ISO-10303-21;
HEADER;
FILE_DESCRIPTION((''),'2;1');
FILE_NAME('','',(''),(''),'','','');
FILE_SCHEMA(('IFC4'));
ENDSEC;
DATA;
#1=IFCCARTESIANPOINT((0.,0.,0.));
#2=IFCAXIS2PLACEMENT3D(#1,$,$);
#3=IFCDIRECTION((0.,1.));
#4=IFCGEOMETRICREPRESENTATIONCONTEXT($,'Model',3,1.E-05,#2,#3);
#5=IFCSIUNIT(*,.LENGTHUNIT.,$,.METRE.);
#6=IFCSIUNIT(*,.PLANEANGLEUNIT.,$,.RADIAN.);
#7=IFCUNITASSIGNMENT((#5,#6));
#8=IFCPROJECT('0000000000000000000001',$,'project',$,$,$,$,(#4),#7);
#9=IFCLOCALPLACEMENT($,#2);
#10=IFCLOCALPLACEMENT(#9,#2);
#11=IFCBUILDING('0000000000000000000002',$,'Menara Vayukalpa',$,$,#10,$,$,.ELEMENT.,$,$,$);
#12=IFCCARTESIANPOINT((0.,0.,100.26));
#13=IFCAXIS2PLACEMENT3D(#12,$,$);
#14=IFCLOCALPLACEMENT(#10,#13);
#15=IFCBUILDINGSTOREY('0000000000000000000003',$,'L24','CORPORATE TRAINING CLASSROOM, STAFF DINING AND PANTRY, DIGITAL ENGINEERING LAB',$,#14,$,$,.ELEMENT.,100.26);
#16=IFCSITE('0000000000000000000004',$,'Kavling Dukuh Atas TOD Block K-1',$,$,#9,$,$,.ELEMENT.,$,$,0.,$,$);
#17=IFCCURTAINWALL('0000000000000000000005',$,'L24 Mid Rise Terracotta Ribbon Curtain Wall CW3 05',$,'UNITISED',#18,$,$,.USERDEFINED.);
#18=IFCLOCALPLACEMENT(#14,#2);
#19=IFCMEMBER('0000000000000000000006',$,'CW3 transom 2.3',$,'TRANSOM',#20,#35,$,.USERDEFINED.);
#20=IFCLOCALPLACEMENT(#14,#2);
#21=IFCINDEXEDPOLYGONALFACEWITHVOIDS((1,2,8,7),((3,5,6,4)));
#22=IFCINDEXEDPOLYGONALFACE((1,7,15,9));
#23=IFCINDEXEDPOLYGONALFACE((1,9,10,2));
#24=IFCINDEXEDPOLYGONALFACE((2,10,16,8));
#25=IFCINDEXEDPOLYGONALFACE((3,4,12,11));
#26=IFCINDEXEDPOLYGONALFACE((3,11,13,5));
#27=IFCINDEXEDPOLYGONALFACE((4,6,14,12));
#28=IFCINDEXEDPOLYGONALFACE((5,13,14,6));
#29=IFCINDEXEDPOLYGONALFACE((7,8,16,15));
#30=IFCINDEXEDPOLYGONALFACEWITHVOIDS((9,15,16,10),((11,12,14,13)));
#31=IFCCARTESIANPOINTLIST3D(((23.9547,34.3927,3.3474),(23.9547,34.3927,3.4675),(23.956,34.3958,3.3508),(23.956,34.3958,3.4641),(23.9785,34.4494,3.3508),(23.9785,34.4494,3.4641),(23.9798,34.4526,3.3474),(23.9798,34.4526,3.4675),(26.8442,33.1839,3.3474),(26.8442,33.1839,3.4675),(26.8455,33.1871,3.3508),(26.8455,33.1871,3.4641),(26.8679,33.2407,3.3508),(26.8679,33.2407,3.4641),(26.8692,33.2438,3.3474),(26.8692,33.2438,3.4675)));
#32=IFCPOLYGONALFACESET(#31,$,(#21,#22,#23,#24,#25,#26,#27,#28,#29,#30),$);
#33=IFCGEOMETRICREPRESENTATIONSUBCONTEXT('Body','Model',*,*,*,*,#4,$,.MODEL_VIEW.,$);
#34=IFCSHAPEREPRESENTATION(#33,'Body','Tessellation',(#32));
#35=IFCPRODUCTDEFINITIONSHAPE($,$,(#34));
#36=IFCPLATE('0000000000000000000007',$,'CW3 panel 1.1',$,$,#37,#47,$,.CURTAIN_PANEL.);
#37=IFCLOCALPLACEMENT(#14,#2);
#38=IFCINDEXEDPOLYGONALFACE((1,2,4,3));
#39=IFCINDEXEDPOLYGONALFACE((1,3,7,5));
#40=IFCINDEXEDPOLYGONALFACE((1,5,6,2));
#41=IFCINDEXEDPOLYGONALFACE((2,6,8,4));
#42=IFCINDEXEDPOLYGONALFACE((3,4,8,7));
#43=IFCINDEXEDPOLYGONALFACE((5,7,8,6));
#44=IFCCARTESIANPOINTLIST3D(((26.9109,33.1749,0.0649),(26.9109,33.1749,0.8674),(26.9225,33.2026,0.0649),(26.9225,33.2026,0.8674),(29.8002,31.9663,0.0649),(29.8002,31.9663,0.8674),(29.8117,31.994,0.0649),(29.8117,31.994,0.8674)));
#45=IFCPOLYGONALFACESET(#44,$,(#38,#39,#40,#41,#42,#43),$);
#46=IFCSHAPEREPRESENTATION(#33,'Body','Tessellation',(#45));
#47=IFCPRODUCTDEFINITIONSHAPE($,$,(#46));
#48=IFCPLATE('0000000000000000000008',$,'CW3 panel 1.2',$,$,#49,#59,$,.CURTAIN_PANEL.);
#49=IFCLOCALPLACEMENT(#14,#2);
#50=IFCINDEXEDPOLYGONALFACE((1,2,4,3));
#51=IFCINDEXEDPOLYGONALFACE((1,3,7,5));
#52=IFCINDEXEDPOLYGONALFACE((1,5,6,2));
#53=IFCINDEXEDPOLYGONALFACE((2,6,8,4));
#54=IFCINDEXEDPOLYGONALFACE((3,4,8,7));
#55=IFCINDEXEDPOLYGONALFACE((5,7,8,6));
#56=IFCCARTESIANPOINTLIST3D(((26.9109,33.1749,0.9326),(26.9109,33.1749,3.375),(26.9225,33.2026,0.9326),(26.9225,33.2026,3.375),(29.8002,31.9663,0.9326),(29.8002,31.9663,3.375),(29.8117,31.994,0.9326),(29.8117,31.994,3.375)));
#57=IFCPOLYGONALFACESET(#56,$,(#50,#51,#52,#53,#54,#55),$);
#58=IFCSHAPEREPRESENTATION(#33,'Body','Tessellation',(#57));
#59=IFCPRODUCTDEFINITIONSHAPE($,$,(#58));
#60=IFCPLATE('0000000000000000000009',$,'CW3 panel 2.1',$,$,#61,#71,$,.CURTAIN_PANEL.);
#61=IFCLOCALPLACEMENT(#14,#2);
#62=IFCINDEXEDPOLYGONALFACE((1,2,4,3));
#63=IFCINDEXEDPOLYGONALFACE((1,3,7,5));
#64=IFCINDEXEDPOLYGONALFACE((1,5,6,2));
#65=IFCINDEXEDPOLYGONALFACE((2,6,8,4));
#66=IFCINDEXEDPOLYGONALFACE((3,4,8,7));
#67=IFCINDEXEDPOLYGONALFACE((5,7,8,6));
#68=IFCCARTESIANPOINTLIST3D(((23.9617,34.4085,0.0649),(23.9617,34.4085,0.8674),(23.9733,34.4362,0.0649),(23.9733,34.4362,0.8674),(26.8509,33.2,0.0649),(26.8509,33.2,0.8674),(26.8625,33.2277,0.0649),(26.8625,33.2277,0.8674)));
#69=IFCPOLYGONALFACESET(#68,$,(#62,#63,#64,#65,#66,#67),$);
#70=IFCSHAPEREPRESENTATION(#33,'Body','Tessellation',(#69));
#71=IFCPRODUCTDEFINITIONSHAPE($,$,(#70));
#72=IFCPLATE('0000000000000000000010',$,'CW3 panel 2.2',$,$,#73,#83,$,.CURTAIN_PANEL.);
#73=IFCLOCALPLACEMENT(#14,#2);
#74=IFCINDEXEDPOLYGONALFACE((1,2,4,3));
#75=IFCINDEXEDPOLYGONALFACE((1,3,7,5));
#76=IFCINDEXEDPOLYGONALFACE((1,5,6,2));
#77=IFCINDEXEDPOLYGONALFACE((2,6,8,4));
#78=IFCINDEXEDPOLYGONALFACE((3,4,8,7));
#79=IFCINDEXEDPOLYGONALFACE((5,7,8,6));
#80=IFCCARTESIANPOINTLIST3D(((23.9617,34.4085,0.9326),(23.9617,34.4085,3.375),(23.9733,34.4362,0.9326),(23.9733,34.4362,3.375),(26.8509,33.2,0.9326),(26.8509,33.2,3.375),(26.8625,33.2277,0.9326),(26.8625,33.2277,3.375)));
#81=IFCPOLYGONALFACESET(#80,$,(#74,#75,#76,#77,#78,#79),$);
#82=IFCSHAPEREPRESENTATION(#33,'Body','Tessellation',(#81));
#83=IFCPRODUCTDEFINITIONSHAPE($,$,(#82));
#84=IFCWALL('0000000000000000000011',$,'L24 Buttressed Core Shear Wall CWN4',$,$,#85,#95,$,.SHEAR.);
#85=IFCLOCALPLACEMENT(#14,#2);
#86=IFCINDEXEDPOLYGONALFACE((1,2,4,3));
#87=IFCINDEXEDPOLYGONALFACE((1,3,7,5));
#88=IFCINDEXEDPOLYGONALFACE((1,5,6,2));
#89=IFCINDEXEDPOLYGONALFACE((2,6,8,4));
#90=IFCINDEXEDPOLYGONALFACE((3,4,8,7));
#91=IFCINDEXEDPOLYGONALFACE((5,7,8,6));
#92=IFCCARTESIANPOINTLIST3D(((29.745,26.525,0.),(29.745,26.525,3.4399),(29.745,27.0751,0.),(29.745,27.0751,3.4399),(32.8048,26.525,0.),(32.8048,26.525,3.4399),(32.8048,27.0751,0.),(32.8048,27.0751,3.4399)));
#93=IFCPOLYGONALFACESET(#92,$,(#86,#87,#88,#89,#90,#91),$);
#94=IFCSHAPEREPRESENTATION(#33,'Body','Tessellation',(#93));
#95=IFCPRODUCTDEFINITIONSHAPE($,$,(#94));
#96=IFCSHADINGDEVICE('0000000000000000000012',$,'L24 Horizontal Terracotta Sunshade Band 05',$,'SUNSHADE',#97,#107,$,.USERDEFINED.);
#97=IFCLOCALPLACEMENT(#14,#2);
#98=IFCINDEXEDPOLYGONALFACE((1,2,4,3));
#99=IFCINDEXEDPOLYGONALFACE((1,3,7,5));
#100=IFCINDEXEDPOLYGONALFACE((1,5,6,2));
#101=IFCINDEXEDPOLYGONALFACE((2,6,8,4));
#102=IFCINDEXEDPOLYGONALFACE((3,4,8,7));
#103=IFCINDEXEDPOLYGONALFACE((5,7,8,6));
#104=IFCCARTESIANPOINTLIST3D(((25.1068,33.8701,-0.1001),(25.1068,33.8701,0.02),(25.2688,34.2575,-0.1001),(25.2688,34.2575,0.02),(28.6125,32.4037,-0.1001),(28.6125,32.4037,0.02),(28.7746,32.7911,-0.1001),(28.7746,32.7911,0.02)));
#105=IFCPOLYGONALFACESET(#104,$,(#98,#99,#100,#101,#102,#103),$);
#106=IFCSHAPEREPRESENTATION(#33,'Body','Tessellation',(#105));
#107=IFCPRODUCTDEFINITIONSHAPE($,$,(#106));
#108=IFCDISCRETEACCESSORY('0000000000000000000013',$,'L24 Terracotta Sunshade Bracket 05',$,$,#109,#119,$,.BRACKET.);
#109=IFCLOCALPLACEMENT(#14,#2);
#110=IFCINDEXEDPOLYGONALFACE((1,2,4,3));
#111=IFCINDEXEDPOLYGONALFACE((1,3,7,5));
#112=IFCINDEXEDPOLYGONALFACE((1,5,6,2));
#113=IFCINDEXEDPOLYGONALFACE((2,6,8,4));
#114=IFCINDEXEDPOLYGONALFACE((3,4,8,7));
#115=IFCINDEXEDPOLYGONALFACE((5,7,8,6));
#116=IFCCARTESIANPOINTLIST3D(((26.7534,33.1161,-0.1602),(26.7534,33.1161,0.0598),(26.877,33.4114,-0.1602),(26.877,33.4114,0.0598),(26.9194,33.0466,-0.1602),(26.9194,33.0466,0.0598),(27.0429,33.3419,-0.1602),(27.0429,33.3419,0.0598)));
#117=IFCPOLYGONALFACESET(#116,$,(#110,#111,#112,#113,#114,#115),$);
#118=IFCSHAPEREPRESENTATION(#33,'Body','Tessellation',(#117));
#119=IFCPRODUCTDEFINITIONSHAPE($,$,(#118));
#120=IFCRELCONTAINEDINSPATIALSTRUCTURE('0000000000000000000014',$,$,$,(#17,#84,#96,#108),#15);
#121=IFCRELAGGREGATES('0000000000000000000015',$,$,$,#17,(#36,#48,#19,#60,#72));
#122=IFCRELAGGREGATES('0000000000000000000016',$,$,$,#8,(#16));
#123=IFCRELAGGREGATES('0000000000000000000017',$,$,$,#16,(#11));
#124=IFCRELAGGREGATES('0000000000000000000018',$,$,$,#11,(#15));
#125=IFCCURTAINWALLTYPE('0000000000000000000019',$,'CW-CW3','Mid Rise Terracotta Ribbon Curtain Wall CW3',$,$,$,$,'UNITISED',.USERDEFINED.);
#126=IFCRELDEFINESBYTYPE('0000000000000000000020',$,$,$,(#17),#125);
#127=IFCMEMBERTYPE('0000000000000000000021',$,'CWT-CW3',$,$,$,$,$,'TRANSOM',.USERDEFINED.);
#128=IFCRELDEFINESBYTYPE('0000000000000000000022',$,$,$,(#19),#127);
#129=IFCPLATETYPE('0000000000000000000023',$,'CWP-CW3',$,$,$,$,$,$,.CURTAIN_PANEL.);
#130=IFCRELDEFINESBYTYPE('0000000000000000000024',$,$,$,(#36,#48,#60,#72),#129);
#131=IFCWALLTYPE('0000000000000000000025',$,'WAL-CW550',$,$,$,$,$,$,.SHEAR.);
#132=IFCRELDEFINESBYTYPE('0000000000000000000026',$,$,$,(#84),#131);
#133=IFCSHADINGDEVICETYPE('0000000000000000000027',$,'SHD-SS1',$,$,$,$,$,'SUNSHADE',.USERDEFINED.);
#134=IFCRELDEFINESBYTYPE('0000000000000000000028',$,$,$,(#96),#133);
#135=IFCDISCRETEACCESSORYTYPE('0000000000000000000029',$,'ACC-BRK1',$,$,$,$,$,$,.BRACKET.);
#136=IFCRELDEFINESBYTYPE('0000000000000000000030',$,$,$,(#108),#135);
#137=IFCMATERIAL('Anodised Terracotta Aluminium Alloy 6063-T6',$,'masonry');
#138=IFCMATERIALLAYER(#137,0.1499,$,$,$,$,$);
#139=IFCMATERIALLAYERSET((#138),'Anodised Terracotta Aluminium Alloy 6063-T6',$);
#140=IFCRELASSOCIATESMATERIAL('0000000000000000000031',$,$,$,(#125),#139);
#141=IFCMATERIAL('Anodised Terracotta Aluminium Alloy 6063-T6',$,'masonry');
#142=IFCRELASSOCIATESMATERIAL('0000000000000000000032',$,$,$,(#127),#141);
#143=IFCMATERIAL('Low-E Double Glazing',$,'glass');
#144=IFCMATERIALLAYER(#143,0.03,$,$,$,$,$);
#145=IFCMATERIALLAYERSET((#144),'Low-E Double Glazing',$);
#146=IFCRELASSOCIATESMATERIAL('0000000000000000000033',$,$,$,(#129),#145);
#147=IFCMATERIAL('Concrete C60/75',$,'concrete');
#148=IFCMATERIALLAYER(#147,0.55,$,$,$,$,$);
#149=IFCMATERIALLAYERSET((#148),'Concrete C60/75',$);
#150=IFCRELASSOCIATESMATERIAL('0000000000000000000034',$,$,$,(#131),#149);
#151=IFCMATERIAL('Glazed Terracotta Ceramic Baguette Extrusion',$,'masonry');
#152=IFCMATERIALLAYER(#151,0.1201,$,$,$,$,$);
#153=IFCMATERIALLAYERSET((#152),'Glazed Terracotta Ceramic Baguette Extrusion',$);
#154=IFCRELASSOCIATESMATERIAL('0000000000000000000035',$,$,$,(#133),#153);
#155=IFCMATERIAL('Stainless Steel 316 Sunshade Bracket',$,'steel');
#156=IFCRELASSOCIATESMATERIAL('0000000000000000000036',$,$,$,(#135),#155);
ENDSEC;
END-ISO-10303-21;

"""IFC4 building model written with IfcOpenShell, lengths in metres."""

from ifc_helpers import new_model, si_unit, direction, frame, frame_2d, origin, origin_2d, place, context, subcontext, project, spatial, rectangle, hollow_rectangle, extrude, material, layer, layer_set, material_profile, profile_set, type_object, element, aggregate, save


model = new_model("IFC4")

# Units and contexts
model_context = context("Model", 3, precision=1e-05, world=origin(), true_north=direction((0.0, 1.0)))
body_context = subcontext(model_context, "Body", "Model", "MODEL_VIEW")
ifc_project = project(units=[si_unit("LENGTHUNIT", "METRE"), si_unit("PLANEANGLEUNIT", "RADIAN")], contexts=[model_context])

# Site, building, storey
site_placement = place(None, origin())
site = spatial("IfcSite", under=ifc_project, at=site_placement, Name="Kavling Dukuh Atas TOD Block K-1", CompositionType="ELEMENT", RefElevation=0.0)
building_placement = place(site_placement, origin())
building = spatial("IfcBuilding", under=site, at=building_placement, Name="Menara Vayukalpa", CompositionType="ELEMENT")
storey_placement = place(building_placement, frame((0.0, 0.0, 100.26)))
storey = spatial("IfcBuildingStorey", under=building, at=storey_placement, Name="L24", Description="CORPORATE TRAINING CLASSROOM, STAFF DINING AND PANTRY, DIGITAL ENGINEERING LAB", CompositionType="ELEMENT", Elevation=100.26)

# Shared definitions
ifc_material_1 = material(Name="Anodised Terracotta Aluminium Alloy 6063-T6", Category="masonry")
ifc_layer_1 = layer(ifc_material_1, 0.1499)
ifc_layer_set_1 = layer_set([ifc_layer_1], Name="Anodised Terracotta Aluminium Alloy 6063-T6")
curtain_wall_type = type_object("IfcCurtainWallType", Name="CW-CW3", Description="Mid Rise Terracotta Ribbon Curtain Wall CW3", ElementType="UNITISED", PredefinedType="USERDEFINED", material=ifc_layer_set_1)

# Curtain wall, member, plates
curtain_wall_1_placement = place(storey_placement, origin())
curtain_wall_1 = element("IfcCurtainWall", 1, at=curtain_wall_1_placement, inside=storey, type_object=curtain_wall_type, Name="L24 Mid Rise Terracotta Ribbon Curtain Wall CW3 05", ObjectType="UNITISED", PredefinedType="USERDEFINED")
ifc_material_2 = material(Name="Anodised Terracotta Aluminium Alloy 6063-T6", Category="masonry")
ifc_material_profile_1 = material_profile(ifc_material_2, hollow_rectangle(XDim=0.0649, YDim=0.1201, WallThickness=0.0034, at=origin_2d()), Name="ALU 65x120x3.5")
ifc_profile_set_1 = profile_set([ifc_material_profile_1], Name="Anodised Terracotta Aluminium Alloy 6063-T6")
member_type_1 = type_object("IfcMemberType", Name="CWT-CW3", ElementType="TRANSOM", PredefinedType="USERDEFINED", material=ifc_profile_set_1)
member_1_placement = place(storey_placement, frame((26.8567, 33.2139, 3.4075), z_axis=(-0.922529, 0.385927, 0.0), x_axis=(-0.385927, -0.922529, 0.0)))
member_1 = element("IfcMember", 2, at=member_1_placement, type_object=member_type_1, Name="CW3 transom 2.3", ObjectType="TRANSOM", PredefinedType="USERDEFINED", context=body_context, shape_type="SweptSolid", body=[
    extrude(hollow_rectangle(XDim=0.0649, YDim=0.1201, WallThickness=0.0034, at=origin_2d()), origin(), (0.0, 0.0, 1.0), 3.1321),
])
ifc_material_3 = material(Name="Low-E Double Glazing", Category="glass")
ifc_layer_2 = layer(ifc_material_3, 0.03)
ifc_layer_set_2 = layer_set([ifc_layer_2], Name="Low-E Double Glazing")
plate_type = type_object("IfcPlateType", Name="CWP-CW3", PredefinedType="CURTAIN_PANEL", material=ifc_layer_set_2)
plate_1_placement = place(storey_placement, frame((28.3613, 32.5845, 0.0649), z_axis=(0.0, 0.0, 1.0), x_axis=(-0.922543, 0.385894, 0.0)))
plate_1 = element("IfcPlate", 3, at=plate_1_placement, type_object=plate_type, Name="CW3 panel 1.1", PredefinedType="CURTAIN_PANEL", context=body_context, shape_type="SweptSolid", body=[
    extrude(rectangle(XDim=3.1318, YDim=0.03, at=origin_2d()), origin(), (0.0, 0.0, 1.0), 0.8025),
])
plate_2_placement = place(storey_placement, frame((28.3613, 32.5845, 0.9326), z_axis=(0.0, 0.0, 1.0), x_axis=(-0.922543, 0.385894, 0.0)))
plate_2 = element("IfcPlate", 4, at=plate_2_placement, type_object=plate_type, Name="CW3 panel 1.2", PredefinedType="CURTAIN_PANEL", context=body_context, shape_type="SweptSolid", body=[
    extrude(rectangle(XDim=3.1318, YDim=0.03, at=origin_2d()), origin(), (0.0, 0.0, 1.0), 2.4424),
])
plate_3_placement = place(storey_placement, frame((25.4121, 33.8181, 0.0649), z_axis=(0.0, 0.0, 1.0), x_axis=(-0.922543, 0.385894, 0.0)))
plate_3 = element("IfcPlate", 5, at=plate_3_placement, type_object=plate_type, Name="CW3 panel 2.1", PredefinedType="CURTAIN_PANEL", context=body_context, shape_type="SweptSolid", body=[
    extrude(rectangle(XDim=3.1318, YDim=0.03, at=origin_2d()), origin(), (0.0, 0.0, 1.0), 0.8025),
])
plate_4_placement = place(storey_placement, frame((25.4121, 33.8181, 0.9326), z_axis=(0.0, 0.0, 1.0), x_axis=(-0.922543, 0.385894, 0.0)))
plate_4 = element("IfcPlate", 6, at=plate_4_placement, type_object=plate_type, Name="CW3 panel 2.2", PredefinedType="CURTAIN_PANEL", context=body_context, shape_type="SweptSolid", body=[
    extrude(rectangle(XDim=3.1318, YDim=0.03, at=origin_2d()), origin(), (0.0, 0.0, 1.0), 2.4424),
])
aggregate(curtain_wall_1, [plate_1, plate_2, member_1, plate_3, plate_4])

# Wall
ifc_material_4 = material(Name="Concrete C60/75", Category="concrete")
ifc_layer_3 = layer(ifc_material_4, 0.55)
ifc_layer_set_3 = layer_set([ifc_layer_3], Name="Concrete C60/75")
wall_type = type_object("IfcWallType", Name="WAL-CW550", PredefinedType="SHEAR", material=ifc_layer_set_3)
wall_placement = place(storey_placement, frame((29.7451, 26.8, 0.0), z_axis=(0.0, 0.0, 1.0), x_axis=(1.0, 0.0, 0.0)))
element("IfcWall", 7, at=wall_placement, inside=storey, type_object=wall_type, Name="L24 Buttressed Core Shear Wall CWN4", PredefinedType="SHEAR", context=body_context, shape_type="SweptSolid", body=[
    extrude(rectangle(XDim=3.0598, YDim=0.55, at=frame_2d((1.5298, 0.0))), origin(), (0.0, 0.0, 1.0), 3.4399),
])

# Shading device
ifc_material_5 = material(Name="Glazed Terracotta Ceramic Baguette Extrusion", Category="masonry")
ifc_layer_4 = layer(ifc_material_5, 0.1201)
ifc_layer_set_4 = layer_set([ifc_layer_4], Name="Glazed Terracotta Ceramic Baguette Extrusion")
shading_device_type = type_object("IfcShadingDeviceType", Name="SHD-SS1", ElementType="SUNSHADE", PredefinedType="USERDEFINED", material=ifc_layer_set_4)
shading_device_placement = place(storey_placement, frame((26.9407, 33.3306, -0.1001), z_axis=(0.0, 0.0, 1.0), x_axis=(-0.922545, 0.38589, 0.0)))
element("IfcShadingDevice", 8, at=shading_device_placement, inside=storey, type_object=shading_device_type, Name="L24 Horizontal Terracotta Sunshade Band 05", ObjectType="SUNSHADE", PredefinedType="USERDEFINED", context=body_context, shape_type="SweptSolid", body=[
    extrude(rectangle(XDim=3.8, YDim=0.4199, at=origin_2d()), origin(), (0.0, 0.0, 1.0), 0.1201),
])

# Discrete accessory
ifc_material_6 = material(Name="Stainless Steel 316 Sunshade Bracket", Category="steel")
discrete_accessory_type = type_object("IfcDiscreteAccessoryType", Name="ACC-BRK1", PredefinedType="BRACKET", material=ifc_material_6)
discrete_accessory_placement = place(storey_placement, frame((26.8982, 33.229, -0.1602), z_axis=(0.0, 0.0, 1.0), x_axis=(-0.922545, 0.38589, 0.0)))
element("IfcDiscreteAccessory", 9, at=discrete_accessory_placement, inside=storey, type_object=discrete_accessory_type, Name="L24 Terracotta Sunshade Bracket 05", PredefinedType="BRACKET", context=body_context, shape_type="SweptSolid", body=[
    extrude(rectangle(XDim=0.1799, YDim=0.3201, at=origin_2d()), origin(), (0.0, 0.0, 1.0), 0.22),
])

save(model, "model.ifc")
